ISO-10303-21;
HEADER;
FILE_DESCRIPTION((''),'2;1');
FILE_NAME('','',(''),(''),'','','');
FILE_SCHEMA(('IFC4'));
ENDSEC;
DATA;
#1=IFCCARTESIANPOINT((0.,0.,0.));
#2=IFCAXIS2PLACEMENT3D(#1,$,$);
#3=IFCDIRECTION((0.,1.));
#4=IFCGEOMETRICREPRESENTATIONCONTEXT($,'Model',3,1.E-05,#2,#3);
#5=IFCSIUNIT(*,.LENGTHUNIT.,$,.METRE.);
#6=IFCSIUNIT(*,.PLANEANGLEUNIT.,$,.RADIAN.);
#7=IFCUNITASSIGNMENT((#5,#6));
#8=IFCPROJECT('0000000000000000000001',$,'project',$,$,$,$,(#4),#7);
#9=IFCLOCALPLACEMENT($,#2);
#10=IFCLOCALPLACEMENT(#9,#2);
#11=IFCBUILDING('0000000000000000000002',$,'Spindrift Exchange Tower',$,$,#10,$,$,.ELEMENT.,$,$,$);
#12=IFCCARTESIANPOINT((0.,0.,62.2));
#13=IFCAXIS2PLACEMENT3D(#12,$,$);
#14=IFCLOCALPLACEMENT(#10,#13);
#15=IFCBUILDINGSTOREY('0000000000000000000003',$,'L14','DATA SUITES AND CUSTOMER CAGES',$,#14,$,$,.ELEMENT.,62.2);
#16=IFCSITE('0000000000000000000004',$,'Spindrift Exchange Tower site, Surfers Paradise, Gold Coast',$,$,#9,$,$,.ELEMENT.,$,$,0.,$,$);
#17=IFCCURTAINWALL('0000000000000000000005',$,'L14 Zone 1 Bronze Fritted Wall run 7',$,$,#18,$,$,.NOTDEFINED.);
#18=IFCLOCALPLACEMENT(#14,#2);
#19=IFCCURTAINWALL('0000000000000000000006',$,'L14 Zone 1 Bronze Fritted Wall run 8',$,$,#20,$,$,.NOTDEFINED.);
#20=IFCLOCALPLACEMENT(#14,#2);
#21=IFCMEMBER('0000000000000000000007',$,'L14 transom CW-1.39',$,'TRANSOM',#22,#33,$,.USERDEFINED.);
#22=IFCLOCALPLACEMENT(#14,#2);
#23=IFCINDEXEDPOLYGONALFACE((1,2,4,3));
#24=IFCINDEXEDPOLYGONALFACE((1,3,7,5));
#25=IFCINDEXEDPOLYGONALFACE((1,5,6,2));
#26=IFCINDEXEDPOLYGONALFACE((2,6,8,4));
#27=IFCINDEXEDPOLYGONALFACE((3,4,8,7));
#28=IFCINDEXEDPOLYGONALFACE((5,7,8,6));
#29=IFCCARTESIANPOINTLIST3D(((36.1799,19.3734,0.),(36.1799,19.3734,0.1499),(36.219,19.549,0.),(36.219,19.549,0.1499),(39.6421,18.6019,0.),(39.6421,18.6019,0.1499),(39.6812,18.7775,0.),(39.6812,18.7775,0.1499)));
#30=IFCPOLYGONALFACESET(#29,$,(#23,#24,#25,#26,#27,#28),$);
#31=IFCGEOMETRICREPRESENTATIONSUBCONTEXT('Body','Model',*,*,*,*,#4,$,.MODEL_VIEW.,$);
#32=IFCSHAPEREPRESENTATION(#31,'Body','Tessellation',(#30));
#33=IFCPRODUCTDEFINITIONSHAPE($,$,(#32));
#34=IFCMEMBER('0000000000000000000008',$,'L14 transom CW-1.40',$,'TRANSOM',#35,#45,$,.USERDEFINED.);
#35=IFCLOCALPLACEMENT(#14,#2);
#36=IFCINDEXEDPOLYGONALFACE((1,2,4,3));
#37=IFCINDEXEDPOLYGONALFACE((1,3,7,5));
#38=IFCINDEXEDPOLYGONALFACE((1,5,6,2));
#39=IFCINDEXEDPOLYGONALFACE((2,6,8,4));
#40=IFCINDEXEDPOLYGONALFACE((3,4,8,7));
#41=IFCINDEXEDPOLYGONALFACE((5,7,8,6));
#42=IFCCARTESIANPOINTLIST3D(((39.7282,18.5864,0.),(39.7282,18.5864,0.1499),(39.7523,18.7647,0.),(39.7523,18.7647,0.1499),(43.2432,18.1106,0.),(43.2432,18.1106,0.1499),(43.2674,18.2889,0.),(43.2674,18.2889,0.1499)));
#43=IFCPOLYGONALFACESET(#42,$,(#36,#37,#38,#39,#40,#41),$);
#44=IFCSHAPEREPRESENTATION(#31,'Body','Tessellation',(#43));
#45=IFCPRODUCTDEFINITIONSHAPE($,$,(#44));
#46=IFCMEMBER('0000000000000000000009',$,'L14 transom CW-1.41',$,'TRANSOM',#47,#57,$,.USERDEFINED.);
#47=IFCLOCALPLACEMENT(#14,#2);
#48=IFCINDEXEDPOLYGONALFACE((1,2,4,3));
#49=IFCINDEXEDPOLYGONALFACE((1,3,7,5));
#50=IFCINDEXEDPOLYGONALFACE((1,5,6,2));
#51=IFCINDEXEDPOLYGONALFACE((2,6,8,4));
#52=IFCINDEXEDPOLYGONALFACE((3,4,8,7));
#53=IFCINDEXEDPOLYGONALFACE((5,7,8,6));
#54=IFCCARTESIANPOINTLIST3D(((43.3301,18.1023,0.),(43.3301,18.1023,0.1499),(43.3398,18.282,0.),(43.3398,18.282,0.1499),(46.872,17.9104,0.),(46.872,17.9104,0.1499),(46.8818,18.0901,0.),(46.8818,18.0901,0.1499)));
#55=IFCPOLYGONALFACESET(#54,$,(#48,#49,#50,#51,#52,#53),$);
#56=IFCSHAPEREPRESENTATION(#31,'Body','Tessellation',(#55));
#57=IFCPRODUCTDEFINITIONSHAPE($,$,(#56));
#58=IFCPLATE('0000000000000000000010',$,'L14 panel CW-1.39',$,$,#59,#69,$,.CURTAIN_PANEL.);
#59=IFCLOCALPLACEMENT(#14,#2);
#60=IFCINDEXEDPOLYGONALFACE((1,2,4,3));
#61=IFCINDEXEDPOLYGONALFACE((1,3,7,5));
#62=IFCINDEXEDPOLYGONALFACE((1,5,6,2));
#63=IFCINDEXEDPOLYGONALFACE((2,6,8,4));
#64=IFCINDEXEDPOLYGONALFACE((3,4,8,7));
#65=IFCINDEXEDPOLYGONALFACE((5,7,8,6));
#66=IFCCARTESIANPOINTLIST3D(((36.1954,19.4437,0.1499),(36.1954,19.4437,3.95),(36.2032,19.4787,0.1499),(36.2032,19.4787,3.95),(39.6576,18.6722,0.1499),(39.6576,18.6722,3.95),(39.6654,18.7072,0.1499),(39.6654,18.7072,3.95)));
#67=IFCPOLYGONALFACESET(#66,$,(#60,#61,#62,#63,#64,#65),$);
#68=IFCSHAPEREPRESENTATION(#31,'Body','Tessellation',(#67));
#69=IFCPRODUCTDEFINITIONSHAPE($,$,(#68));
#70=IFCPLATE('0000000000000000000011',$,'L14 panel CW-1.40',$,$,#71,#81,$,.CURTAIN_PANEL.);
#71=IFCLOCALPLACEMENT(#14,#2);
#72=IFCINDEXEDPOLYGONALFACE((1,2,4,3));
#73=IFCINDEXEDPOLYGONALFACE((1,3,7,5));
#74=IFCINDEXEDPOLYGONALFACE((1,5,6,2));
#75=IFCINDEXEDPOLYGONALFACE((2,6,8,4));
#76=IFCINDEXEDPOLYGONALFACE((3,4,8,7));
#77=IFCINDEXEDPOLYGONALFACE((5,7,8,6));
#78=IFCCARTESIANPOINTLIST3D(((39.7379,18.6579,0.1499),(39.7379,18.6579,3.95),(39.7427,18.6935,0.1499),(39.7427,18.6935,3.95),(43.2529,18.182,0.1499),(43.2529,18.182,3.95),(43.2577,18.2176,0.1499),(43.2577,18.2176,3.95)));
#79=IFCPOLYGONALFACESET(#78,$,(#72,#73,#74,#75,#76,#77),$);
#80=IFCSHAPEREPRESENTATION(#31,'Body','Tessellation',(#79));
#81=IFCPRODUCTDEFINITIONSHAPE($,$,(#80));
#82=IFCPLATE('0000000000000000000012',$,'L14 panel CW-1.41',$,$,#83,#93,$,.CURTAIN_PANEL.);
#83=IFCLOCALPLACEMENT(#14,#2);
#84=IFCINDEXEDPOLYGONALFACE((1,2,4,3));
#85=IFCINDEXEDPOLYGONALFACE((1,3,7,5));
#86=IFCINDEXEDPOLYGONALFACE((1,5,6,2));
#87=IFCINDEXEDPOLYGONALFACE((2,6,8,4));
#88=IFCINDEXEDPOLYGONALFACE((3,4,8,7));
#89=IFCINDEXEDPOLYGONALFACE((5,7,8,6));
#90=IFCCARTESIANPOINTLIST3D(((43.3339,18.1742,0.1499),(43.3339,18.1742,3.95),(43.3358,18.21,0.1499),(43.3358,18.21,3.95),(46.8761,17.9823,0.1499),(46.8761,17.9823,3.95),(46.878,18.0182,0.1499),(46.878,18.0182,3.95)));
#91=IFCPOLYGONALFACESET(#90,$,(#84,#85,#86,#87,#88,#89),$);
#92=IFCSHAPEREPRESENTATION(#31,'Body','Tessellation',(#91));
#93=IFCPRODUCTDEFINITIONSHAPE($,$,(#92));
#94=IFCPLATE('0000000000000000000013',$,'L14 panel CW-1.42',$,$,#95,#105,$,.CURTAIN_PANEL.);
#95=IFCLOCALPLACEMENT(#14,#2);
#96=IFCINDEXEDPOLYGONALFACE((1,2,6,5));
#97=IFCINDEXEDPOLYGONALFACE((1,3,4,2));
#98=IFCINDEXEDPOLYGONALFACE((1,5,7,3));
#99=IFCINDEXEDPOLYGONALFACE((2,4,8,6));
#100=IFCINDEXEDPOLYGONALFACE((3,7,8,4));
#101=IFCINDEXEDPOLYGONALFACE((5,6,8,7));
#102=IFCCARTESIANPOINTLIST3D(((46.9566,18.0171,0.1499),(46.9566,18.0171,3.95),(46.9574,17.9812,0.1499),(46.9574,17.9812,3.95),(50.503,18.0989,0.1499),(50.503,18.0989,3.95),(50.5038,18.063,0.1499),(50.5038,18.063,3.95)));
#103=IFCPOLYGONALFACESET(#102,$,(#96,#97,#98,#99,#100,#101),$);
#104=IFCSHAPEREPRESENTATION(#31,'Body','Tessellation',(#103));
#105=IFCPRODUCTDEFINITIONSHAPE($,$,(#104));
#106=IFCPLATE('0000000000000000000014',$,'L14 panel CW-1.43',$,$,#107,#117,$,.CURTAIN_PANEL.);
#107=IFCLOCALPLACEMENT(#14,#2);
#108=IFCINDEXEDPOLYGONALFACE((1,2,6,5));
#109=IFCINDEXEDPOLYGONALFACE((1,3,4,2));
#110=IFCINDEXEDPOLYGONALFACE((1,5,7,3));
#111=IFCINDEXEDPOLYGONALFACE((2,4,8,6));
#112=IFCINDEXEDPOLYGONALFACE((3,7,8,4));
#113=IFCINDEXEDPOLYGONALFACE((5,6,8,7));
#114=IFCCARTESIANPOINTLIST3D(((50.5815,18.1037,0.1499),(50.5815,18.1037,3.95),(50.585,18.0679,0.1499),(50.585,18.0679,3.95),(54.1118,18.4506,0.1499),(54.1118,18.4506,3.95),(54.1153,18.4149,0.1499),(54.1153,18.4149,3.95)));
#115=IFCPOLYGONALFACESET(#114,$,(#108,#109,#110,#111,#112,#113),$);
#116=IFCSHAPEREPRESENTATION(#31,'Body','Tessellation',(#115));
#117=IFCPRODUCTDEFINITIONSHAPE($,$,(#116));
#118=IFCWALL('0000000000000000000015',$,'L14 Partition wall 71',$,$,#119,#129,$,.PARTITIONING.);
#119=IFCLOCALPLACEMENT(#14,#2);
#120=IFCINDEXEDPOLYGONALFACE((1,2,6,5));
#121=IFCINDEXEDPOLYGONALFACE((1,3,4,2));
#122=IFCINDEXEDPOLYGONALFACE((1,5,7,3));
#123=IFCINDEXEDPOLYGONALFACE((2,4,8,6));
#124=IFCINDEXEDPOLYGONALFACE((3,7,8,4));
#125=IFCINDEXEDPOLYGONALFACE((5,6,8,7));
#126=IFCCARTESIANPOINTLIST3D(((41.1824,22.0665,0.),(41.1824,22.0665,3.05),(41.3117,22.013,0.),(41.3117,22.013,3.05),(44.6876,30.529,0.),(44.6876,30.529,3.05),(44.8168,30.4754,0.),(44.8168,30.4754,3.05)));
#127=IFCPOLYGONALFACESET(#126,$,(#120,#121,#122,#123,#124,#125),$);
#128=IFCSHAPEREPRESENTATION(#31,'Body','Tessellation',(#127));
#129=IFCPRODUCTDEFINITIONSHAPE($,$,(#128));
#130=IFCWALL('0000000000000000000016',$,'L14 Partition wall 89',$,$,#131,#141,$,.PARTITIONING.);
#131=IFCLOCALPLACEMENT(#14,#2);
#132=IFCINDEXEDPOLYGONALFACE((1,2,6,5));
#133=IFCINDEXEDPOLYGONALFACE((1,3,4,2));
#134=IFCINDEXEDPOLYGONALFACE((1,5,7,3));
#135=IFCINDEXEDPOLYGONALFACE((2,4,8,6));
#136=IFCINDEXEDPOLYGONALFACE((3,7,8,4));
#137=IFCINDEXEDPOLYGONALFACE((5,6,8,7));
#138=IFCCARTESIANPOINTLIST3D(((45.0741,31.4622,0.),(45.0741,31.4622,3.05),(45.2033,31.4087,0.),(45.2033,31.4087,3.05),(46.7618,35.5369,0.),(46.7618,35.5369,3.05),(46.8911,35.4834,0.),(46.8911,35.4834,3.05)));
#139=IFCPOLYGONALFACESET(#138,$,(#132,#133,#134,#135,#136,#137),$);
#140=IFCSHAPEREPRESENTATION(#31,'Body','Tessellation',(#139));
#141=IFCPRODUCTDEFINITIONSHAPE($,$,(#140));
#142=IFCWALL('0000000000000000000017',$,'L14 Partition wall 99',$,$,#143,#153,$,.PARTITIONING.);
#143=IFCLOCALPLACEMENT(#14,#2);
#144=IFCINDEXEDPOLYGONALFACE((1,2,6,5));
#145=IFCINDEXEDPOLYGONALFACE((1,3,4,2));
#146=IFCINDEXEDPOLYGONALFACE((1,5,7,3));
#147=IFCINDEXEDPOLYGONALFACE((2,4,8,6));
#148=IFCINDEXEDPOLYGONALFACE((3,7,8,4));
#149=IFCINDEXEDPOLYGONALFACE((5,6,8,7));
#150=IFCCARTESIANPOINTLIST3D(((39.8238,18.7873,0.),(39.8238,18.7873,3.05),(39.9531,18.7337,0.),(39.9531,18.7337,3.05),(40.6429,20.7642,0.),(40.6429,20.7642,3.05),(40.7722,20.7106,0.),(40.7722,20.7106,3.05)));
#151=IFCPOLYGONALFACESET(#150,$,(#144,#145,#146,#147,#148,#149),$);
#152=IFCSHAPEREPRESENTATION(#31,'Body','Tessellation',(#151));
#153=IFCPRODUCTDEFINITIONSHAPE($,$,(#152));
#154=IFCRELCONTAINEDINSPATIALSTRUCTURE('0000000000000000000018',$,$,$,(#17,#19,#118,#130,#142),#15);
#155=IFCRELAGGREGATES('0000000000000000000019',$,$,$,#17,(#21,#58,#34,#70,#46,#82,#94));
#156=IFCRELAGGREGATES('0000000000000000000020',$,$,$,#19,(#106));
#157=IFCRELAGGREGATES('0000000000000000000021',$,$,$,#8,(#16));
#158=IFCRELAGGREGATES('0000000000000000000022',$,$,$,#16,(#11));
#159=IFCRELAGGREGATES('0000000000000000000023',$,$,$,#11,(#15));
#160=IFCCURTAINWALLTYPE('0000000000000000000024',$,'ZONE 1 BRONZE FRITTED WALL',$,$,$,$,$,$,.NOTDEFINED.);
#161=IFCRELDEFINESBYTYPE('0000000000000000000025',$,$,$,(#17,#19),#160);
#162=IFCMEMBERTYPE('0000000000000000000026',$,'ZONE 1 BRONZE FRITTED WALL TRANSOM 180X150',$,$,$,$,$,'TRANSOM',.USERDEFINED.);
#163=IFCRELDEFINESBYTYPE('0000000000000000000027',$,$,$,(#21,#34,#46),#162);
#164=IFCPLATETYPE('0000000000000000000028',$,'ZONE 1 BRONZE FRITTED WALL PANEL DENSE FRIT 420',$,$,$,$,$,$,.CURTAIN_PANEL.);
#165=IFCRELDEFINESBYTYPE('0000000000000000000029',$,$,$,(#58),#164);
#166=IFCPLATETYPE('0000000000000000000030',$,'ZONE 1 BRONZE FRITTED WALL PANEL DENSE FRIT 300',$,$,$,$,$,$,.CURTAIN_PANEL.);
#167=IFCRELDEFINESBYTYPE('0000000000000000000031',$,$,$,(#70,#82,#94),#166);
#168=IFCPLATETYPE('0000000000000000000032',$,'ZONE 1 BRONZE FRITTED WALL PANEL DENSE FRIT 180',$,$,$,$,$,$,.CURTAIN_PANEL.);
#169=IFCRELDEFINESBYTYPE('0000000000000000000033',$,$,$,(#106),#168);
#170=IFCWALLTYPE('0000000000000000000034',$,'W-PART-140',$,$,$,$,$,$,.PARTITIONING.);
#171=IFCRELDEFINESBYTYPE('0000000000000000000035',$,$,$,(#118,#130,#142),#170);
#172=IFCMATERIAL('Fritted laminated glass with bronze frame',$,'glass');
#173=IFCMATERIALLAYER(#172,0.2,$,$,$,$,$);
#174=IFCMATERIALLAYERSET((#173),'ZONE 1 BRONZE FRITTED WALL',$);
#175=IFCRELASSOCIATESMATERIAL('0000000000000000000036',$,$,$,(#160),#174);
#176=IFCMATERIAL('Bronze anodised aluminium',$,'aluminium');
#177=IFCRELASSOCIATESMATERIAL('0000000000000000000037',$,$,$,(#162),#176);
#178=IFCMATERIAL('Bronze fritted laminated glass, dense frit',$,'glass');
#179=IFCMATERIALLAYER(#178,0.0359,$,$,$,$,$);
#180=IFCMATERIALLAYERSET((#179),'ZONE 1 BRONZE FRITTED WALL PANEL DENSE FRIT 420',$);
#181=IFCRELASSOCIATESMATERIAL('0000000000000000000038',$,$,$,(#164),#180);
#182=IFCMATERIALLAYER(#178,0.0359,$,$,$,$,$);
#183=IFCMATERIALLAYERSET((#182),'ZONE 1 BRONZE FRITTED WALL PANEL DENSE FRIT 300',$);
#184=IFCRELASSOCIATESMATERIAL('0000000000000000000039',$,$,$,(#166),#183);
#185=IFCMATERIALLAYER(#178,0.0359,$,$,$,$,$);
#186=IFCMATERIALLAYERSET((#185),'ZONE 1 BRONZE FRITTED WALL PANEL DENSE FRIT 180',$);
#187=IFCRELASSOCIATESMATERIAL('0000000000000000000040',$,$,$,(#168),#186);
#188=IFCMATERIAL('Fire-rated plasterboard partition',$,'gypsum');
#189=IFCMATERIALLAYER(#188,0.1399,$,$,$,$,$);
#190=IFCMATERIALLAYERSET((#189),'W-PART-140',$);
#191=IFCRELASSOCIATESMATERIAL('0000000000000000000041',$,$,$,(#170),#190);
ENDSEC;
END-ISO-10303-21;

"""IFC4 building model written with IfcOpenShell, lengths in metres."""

from ifc_helpers import new_model, si_unit, direction, frame, frame_2d, origin, origin_2d, place, context, subcontext, project, spatial, rectangle, extrude, source, transform, mapped, material, layer, layer_set, material_profile, profile_set, type_object, element, aggregate, save


model = new_model("IFC4")

# Units and contexts
model_context = context("Model", 3, precision=1e-05, world=origin(), true_north=direction((0.0, 1.0)))
body_context = subcontext(model_context, "Body", "Model", "MODEL_VIEW")
ifc_project = project(units=[si_unit("LENGTHUNIT", "METRE"), si_unit("PLANEANGLEUNIT", "RADIAN")], contexts=[model_context])

# Site, building, storey
site_placement = place(None, origin())
site = spatial("IfcSite", under=ifc_project, at=site_placement, Name="Spindrift Exchange Tower site, Surfers Paradise, Gold Coast", CompositionType="ELEMENT", RefElevation=0.0)
building_placement = place(site_placement, origin())
building = spatial("IfcBuilding", under=site, at=building_placement, Name="Spindrift Exchange Tower", CompositionType="ELEMENT")
storey_placement = place(building_placement, frame((0.0, 0.0, 62.2)))
storey = spatial("IfcBuildingStorey", under=building, at=storey_placement, Name="L14", Description="DATA SUITES AND CUSTOMER CAGES", CompositionType="ELEMENT", Elevation=62.2)

# Curtain wall
ifc_material_1 = material(Name="Fritted laminated glass with bronze frame", Category="glass")
ifc_layer_1 = layer(ifc_material_1, 0.2)
ifc_layer_set_1 = layer_set([ifc_layer_1], Name="ZONE 1 BRONZE FRITTED WALL")
curtain_wall_type = type_object("IfcCurtainWallType", Name="ZONE 1 BRONZE FRITTED WALL", PredefinedType="NOTDEFINED", material=ifc_layer_set_1)
curtain_wall_1_placement = place(storey_placement, origin())
curtain_wall_1 = element("IfcCurtainWall", 1, at=curtain_wall_1_placement, inside=storey, type_object=curtain_wall_type, Name="L14 Zone 1 Bronze Fritted Wall run 7", PredefinedType="NOTDEFINED")
ifc_material_2 = material(Name="Bronze anodised aluminium", Category="aluminium")

# Curtain wall
curtain_wall_2_placement = place(storey_placement, origin())
curtain_wall_2 = element("IfcCurtainWall", 2, at=curtain_wall_2_placement, inside=storey, type_object=curtain_wall_type, Name="L14 Zone 1 Bronze Fritted Wall run 8", PredefinedType="NOTDEFINED")

# Members
ifc_material_profile_1 = material_profile(ifc_material_2, rectangle(XDim=0.1799, YDim=0.1499, at=origin_2d()), Name="ZONE 1 BRONZE FRITTED WALL TRANSOM 180X150")
ifc_profile_set_1 = profile_set([ifc_material_profile_1], Name="Bronze anodised aluminium")
member_type_1 = type_object("IfcMemberType", Name="ZONE 1 BRONZE FRITTED WALL TRANSOM 180X150", ElementType="TRANSOM", PredefinedType="USERDEFINED", material=ifc_profile_set_1)
shared_shape_1 = source(origin(), body_context, "Body", "SweptSolid", [
    extrude(rectangle(XDim=0.1799, YDim=0.1499, at=origin_2d()), origin(), (0.0, 0.0, 1.0), 3.5471),
])
member_1_placement = place(storey_placement, frame((36.1995, 19.4612, 0.075), z_axis=(0.976061, -0.217499, 0.0), x_axis=(0.217499, 0.976061, 0.0)))
member_1 = element("IfcMember", 3, at=member_1_placement, type_object=member_type_1, Name="L14 transom CW-1.39", ObjectType="TRANSOM", PredefinedType="USERDEFINED", context=body_context, shape_type="MappedRepresentation", body=[
    mapped(shared_shape_1, transform((0.0, 0.0, 0.0), scale=1.0)),
])
member_2_placement = place(storey_placement, frame((39.7402, 18.6755, 0.075), z_axis=(0.990962, -0.134143, 0.0), x_axis=(0.134143, 0.990962, 0.0)))
member_2 = element("IfcMember", 4, at=member_2_placement, type_object=member_type_1, Name="L14 transom CW-1.40", ObjectType="TRANSOM", PredefinedType="USERDEFINED", context=body_context, shape_type="MappedRepresentation", body=[
    mapped(shared_shape_1, transform((0.0, 0.0, 0.0), scale=1.0)),
])
member_3_placement = place(storey_placement, frame((43.335, 18.1921, 0.075), z_axis=(0.998536, -0.054098, 0.0), x_axis=(0.054098, 0.998536, 0.0)))
member_3 = element("IfcMember", 5, at=member_3_placement, type_object=member_type_1, Name="L14 transom CW-1.41", ObjectType="TRANSOM", PredefinedType="USERDEFINED", context=body_context, shape_type="MappedRepresentation", body=[
    mapped(shared_shape_1, transform((0.0, 0.0, 0.0), scale=1.0)),
])

# Plates
ifc_material_3 = material(Name="Bronze fritted laminated glass, dense frit", Category="glass")
ifc_layer_2 = layer(ifc_material_3, 0.0359)
ifc_layer_set_2 = layer_set([ifc_layer_2], Name="ZONE 1 BRONZE FRITTED WALL PANEL DENSE FRIT 420")
plate_type_1 = type_object("IfcPlateType", Name="ZONE 1 BRONZE FRITTED WALL PANEL DENSE FRIT 420", PredefinedType="CURTAIN_PANEL", material=ifc_layer_set_2)
shared_shape_2 = source(origin(), body_context, "Body", "SweptSolid", [
    extrude(rectangle(XDim=3.5471, YDim=0.0359, at=origin_2d()), origin(), (0.0, 0.0, 1.0), 3.8),
])
plate_1_placement = place(storey_placement, frame((37.9304, 19.0754, 0.1499), z_axis=(0.0, 0.0, 1.0), x_axis=(0.976059, -0.217506, 0.0)))
plate_1 = element("IfcPlate", 6, at=plate_1_placement, type_object=plate_type_1, Name="L14 panel CW-1.39", PredefinedType="CURTAIN_PANEL", context=body_context, shape_type="MappedRepresentation", body=[
    mapped(shared_shape_2, transform((0.0, 0.0, 0.0), scale=1.0)),
])
ifc_layer_3 = layer(ifc_material_3, 0.0359)
ifc_layer_set_3 = layer_set([ifc_layer_3], Name="ZONE 1 BRONZE FRITTED WALL PANEL DENSE FRIT 300")
plate_type_2 = type_object("IfcPlateType", Name="ZONE 1 BRONZE FRITTED WALL PANEL DENSE FRIT 300", PredefinedType="CURTAIN_PANEL", material=ifc_layer_set_3)
shared_shape_3 = source(origin(), body_context, "Body", "SweptSolid", [
    extrude(rectangle(XDim=3.5471, YDim=0.0359, at=origin_2d()), origin(), (0.0, 0.0, 1.0), 3.8),
])
plate_2_placement = place(storey_placement, frame((41.4978, 18.4377, 0.1499), z_axis=(0.0, 0.0, 1.0), x_axis=(0.990961, -0.134154, 0.0)))
plate_2 = element("IfcPlate", 7, at=plate_2_placement, type_object=plate_type_2, Name="L14 panel CW-1.40", PredefinedType="CURTAIN_PANEL", context=body_context, shape_type="MappedRepresentation", body=[
    mapped(shared_shape_3, transform((0.0, 0.0, 0.0), scale=1.0)),
])
shared_shape_4 = source(origin(), body_context, "Body", "SweptSolid", [
    extrude(rectangle(XDim=3.5474, YDim=0.0359, at=origin_2d()), origin(), (0.0, 0.0, 1.0), 3.8),
])
plate_3_placement = place(storey_placement, frame((45.106, 18.0962, 0.1499), z_axis=(0.0, 0.0, 1.0), x_axis=(0.998536, -0.054089, 0.0)))
plate_3 = element("IfcPlate", 8, at=plate_3_placement, type_object=plate_type_2, Name="L14 panel CW-1.41", PredefinedType="CURTAIN_PANEL", context=body_context, shape_type="MappedRepresentation", body=[
    mapped(shared_shape_4, transform((0.0, 0.0, 0.0), scale=1.0)),
])
plate_4_placement = place(storey_placement, frame((48.7302, 18.04, 0.1499), z_axis=(0.0, 0.0, 1.0), x_axis=(0.999734, 0.023075, 0.0)))
plate_4 = element("IfcPlate", 9, at=plate_4_placement, type_object=plate_type_2, Name="L14 panel CW-1.42", PredefinedType="CURTAIN_PANEL", context=body_context, shape_type="MappedRepresentation", body=[
    mapped(shared_shape_4, transform((0.0, 0.0, 0.0), scale=1.0)),
])
aggregate(curtain_wall_1, [member_1, plate_1, member_2, plate_2, member_3, plate_3, plate_4])
ifc_layer_4 = layer(ifc_material_3, 0.0359)
ifc_layer_set_4 = layer_set([ifc_layer_4], Name="ZONE 1 BRONZE FRITTED WALL PANEL DENSE FRIT 180")
plate_type_3 = type_object("IfcPlateType", Name="ZONE 1 BRONZE FRITTED WALL PANEL DENSE FRIT 180", PredefinedType="CURTAIN_PANEL", material=ifc_layer_set_4)
shared_shape_5 = source(origin(), body_context, "Body", "SweptSolid", [
    extrude(rectangle(XDim=3.5474, YDim=0.0359, at=origin_2d()), origin(), (0.0, 0.0, 1.0), 3.8),
])
plate_5_placement = place(storey_placement, frame((52.3484, 18.2593, 0.1499), z_axis=(0.0, 0.0, 1.0), x_axis=(0.995205, 0.09781, 0.0)))
plate_5 = element("IfcPlate", 10, at=plate_5_placement, type_object=plate_type_3, Name="L14 panel CW-1.43", PredefinedType="CURTAIN_PANEL", context=body_context, shape_type="MappedRepresentation", body=[
    mapped(shared_shape_5, transform((0.0, 0.0, 0.0), scale=1.0)),
])
aggregate(curtain_wall_2, [plate_5])

# Walls
ifc_material_4 = material(Name="Fire-rated plasterboard partition", Category="gypsum")
ifc_layer_5 = layer(ifc_material_4, 0.1399)
ifc_layer_set_5 = layer_set([ifc_layer_5], Name="W-PART-140")
wall_type = type_object("IfcWallType", Name="W-PART-140", PredefinedType="PARTITIONING", material=ifc_layer_set_5)
wall_1_placement = place(storey_placement, frame((44.7522, 30.5022, 0.0), z_axis=(0.0, 0.0, 1.0), x_axis=(-0.382673, -0.923884, 0.0)))
element("IfcWall", 11, at=wall_1_placement, inside=storey, type_object=wall_type, Name="L14 Partition wall 71", PredefinedType="PARTITIONING", context=body_context, shape_type="SweptSolid", body=[
    extrude(rectangle(XDim=9.1597, YDim=0.1399, at=frame_2d((4.5798, 0.0))), origin(), (0.0, 0.0, 1.0), 3.05),
])
wall_2_placement = place(storey_placement, frame((46.8264, 35.51, 0.0), z_axis=(0.0, 0.0, 1.0), x_axis=(-0.382673, -0.923884, 0.0)))
element("IfcWall", 12, at=wall_2_placement, inside=storey, type_object=wall_type, Name="L14 Partition wall 89", PredefinedType="PARTITIONING", context=body_context, shape_type="SweptSolid", body=[
    extrude(rectangle(XDim=4.4104, YDim=0.1399, at=frame_2d((2.2051, 0.0))), origin(), (0.0, 0.0, 1.0), 3.05),
])
wall_3_placement = place(storey_placement, frame((40.7075, 20.7373, 0.0), z_axis=(0.0, 0.0, 1.0), x_axis=(-0.382792, -0.923835, 0.0)))
element("IfcWall", 13, at=wall_3_placement, inside=storey, type_object=wall_type, Name="L14 Partition wall 99", PredefinedType="PARTITIONING", context=body_context, shape_type="SweptSolid", body=[
    extrude(rectangle(XDim=2.1399, YDim=0.1399, at=frame_2d((1.0698, 0.0))), origin(), (0.0, 0.0, 1.0), 3.05),
])

save(model, "model.ifc")
